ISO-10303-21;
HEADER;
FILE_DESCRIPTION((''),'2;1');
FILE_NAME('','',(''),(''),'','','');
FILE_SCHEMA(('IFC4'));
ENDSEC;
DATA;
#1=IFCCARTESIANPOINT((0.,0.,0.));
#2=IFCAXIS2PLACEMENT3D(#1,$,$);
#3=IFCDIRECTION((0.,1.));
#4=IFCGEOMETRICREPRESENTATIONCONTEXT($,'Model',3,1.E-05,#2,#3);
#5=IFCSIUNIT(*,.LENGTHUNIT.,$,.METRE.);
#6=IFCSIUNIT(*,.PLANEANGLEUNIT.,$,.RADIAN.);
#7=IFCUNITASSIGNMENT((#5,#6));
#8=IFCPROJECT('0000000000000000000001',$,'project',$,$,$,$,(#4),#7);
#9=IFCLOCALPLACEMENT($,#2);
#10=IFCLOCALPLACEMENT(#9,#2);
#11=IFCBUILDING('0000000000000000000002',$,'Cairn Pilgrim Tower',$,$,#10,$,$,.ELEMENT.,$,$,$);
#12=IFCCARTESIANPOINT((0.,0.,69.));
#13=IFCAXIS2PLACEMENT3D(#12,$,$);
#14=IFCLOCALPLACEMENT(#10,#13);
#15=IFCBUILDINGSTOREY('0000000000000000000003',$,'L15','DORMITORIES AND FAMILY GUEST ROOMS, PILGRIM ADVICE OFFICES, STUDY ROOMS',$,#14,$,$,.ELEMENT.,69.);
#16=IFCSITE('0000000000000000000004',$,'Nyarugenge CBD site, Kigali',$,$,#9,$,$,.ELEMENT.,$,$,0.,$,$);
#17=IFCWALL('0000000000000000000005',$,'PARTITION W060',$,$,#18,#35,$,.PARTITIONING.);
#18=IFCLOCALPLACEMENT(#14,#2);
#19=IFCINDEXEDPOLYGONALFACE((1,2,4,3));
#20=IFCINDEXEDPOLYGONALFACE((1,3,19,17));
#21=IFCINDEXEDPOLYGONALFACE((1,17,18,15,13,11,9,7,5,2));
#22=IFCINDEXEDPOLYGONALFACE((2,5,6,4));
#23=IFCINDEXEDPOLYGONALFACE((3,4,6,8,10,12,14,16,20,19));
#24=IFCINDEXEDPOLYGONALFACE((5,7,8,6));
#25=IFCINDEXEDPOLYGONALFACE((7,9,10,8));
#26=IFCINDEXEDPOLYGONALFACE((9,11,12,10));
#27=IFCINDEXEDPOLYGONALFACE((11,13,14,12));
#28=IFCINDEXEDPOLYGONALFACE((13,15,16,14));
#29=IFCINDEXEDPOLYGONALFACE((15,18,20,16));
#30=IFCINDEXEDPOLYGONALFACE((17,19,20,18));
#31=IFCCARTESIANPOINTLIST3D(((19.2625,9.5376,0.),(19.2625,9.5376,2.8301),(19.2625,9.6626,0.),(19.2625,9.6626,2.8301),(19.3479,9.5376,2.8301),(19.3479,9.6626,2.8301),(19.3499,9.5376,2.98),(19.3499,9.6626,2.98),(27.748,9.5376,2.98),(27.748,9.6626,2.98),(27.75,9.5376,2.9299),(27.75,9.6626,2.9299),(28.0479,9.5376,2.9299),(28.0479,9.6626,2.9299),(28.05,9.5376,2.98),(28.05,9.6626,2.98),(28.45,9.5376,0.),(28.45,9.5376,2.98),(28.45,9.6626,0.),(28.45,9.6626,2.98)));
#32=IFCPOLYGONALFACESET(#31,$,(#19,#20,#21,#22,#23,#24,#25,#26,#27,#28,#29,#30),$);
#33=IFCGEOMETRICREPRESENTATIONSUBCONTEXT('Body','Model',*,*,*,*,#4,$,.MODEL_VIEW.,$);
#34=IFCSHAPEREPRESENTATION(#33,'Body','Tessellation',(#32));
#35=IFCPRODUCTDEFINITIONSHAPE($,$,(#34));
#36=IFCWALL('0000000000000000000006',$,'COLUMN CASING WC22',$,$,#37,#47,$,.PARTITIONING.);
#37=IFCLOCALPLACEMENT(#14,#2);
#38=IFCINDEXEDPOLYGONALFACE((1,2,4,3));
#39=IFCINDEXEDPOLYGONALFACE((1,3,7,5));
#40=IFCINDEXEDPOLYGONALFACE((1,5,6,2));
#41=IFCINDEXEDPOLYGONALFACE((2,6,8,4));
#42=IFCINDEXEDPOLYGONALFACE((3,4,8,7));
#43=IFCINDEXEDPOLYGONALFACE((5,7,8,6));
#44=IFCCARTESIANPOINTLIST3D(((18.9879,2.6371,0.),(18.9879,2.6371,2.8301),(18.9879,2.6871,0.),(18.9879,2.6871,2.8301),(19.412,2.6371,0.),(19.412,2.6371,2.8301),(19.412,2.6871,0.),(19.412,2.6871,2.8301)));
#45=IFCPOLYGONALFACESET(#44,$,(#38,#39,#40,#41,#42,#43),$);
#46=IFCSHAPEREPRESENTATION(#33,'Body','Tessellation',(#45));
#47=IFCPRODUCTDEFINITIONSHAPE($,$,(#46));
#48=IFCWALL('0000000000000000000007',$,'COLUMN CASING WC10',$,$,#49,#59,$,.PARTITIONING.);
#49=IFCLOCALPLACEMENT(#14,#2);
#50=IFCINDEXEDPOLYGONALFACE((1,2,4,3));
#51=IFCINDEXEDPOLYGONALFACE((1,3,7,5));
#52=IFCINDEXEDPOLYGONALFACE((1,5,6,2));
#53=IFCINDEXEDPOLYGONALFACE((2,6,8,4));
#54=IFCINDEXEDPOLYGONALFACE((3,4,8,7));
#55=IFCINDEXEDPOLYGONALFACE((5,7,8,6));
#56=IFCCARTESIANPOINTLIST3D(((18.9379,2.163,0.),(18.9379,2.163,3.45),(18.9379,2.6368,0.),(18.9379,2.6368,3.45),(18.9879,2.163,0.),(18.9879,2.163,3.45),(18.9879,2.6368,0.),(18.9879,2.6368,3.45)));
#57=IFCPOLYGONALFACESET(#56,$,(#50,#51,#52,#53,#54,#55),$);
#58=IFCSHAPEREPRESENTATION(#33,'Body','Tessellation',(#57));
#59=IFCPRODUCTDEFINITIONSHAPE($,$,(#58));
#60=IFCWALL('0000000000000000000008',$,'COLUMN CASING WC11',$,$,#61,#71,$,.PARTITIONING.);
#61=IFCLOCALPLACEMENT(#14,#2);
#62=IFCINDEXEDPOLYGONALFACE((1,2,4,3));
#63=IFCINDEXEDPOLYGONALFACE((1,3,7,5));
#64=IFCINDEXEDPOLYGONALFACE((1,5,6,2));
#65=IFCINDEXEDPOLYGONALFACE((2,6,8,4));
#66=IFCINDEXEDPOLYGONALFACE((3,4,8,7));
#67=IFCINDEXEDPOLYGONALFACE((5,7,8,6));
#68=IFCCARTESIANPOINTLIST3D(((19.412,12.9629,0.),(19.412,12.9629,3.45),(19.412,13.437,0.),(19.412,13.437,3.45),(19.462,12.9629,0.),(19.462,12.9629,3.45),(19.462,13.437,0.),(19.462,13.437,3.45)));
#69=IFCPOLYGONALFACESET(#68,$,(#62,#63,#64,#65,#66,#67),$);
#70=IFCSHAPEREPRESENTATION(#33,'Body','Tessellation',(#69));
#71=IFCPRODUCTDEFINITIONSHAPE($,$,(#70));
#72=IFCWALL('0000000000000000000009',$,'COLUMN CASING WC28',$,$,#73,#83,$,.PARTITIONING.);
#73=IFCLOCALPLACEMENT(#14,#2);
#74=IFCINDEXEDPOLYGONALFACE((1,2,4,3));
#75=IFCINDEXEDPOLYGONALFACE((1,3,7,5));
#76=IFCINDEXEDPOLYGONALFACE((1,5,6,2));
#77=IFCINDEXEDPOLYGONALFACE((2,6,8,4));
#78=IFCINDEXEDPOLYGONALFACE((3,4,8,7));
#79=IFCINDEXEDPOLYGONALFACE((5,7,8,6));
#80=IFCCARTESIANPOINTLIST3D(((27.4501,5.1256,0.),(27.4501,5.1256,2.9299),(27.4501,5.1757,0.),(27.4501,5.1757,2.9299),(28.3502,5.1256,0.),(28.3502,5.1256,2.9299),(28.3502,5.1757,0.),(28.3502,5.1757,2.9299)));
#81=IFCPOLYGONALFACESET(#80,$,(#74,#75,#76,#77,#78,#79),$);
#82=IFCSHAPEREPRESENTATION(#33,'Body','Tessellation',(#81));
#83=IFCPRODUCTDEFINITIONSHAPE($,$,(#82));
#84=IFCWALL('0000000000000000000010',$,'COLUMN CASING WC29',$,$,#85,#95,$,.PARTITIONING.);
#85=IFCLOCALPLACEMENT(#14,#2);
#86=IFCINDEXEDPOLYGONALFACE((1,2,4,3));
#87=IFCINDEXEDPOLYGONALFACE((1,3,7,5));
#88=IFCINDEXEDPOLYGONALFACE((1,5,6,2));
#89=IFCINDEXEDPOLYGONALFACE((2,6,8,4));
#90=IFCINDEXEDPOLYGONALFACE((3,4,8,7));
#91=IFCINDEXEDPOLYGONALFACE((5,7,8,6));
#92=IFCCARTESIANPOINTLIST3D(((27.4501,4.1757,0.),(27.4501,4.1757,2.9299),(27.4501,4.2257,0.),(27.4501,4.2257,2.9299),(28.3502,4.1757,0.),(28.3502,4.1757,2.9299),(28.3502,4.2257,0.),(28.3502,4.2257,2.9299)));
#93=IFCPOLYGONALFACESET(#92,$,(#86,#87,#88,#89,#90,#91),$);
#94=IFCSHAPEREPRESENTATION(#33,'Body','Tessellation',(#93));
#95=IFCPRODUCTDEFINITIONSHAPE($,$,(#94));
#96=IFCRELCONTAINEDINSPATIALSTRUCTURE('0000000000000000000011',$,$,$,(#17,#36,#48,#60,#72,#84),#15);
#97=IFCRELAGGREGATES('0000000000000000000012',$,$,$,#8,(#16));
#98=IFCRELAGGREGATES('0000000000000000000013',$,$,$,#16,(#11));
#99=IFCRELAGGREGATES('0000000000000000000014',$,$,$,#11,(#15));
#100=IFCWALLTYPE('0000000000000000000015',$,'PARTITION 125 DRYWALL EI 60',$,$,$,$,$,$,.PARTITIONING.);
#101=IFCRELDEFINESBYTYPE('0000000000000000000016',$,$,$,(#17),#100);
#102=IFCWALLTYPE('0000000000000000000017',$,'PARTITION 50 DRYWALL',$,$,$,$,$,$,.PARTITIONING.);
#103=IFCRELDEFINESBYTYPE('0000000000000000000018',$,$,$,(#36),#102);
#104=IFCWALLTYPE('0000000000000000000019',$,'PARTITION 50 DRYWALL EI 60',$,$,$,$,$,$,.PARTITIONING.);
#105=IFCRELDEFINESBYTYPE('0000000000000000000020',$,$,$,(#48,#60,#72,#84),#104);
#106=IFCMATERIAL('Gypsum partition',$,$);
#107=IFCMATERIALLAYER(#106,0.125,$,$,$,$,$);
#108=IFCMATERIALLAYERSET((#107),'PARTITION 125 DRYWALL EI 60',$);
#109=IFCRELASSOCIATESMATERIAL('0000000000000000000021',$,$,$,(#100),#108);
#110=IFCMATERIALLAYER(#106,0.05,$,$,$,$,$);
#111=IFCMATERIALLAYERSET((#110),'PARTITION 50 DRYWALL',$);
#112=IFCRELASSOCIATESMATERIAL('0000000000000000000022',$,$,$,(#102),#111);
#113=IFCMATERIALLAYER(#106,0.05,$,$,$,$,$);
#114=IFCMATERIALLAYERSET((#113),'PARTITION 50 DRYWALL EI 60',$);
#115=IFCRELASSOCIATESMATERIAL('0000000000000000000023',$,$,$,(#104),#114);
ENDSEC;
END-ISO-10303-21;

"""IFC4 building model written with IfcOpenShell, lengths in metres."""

from ifc_helpers import new_model, si_unit, direction, frame, frame_2d, origin, place, context, subcontext, project, spatial, polyline, rectangle, outline, extrude, material, layer, layer_set, type_object, element, save


model = new_model("IFC4")

# Units and contexts
model_context = context("Model", 3, precision=1e-05, world=origin(), true_north=direction((0.0, 1.0)))
body_context = subcontext(model_context, "Body", "Model", "MODEL_VIEW")
ifc_project = project(units=[si_unit("LENGTHUNIT", "METRE"), si_unit("PLANEANGLEUNIT", "RADIAN")], contexts=[model_context])

# Site, building, storey
site_placement = place(None, origin())
site = spatial("IfcSite", under=ifc_project, at=site_placement, Name="Nyarugenge CBD site, Kigali", CompositionType="ELEMENT", RefElevation=0.0)
building_placement = place(site_placement, origin())
building = spatial("IfcBuilding", under=site, at=building_placement, Name="Cairn Pilgrim Tower", CompositionType="ELEMENT")
storey_placement = place(building_placement, frame((0.0, 0.0, 69.0)))
storey = spatial("IfcBuildingStorey", under=building, at=storey_placement, Name="L15", Description="DORMITORIES AND FAMILY GUEST ROOMS, PILGRIM ADVICE OFFICES, STUDY ROOMS", CompositionType="ELEMENT", Elevation=69.0)

# Shared definitions
ifc_material_1 = material(Name="Gypsum partition")

# Shared definitions
ifc_layer_1 = layer(ifc_material_1, 0.125)
ifc_layer_set_1 = layer_set([ifc_layer_1], Name="PARTITION 125 DRYWALL EI 60")
wall_type_1 = type_object("IfcWallType", Name="PARTITION 125 DRYWALL EI 60", PredefinedType="PARTITIONING", material=ifc_layer_set_1)

# Walls
wall_1_placement = place(storey_placement, frame((19.2625, 9.6001, 0.0), z_axis=(0.0, 0.0, 1.0), x_axis=(1.0, 0.0, 0.0)))
element("IfcWall", 1, at=wall_1_placement, inside=storey, type_object=wall_type_1, Name="PARTITION W060", PredefinedType="PARTITIONING", context=body_context, shape_type="SweptSolid", body=[
    extrude(outline(polyline([(0.0, 0.0), (9.1875, 0.0), (9.1875, 2.98), (8.7876, 2.98), (8.7854, 2.9299), (8.4875, 2.9299), (8.4856, 2.98), (0.0874, 2.98), (0.0854, 2.8301), (0.0, 2.8301), (0.0, 0.0)])), frame((0.0, 0.0625, 0.0), z_axis=(0.0, -1.0, 0.0), x_axis=(1.0, 0.0, 0.0)), (0.0, 0.0, 1.0), 0.125),
])
ifc_layer_2 = layer(ifc_material_1, 0.05)
ifc_layer_set_2 = layer_set([ifc_layer_2], Name="PARTITION 50 DRYWALL")
wall_type_2 = type_object("IfcWallType", Name="PARTITION 50 DRYWALL", PredefinedType="PARTITIONING", material=ifc_layer_set_2)
wall_2_placement = place(storey_placement, frame((18.988, 2.6621, 0.0), z_axis=(0.0, 0.0, 1.0), x_axis=(1.0, 0.0, 0.0)))
element("IfcWall", 2, at=wall_2_placement, inside=storey, type_object=wall_type_2, Name="COLUMN CASING WC22", PredefinedType="PARTITIONING", context=body_context, shape_type="SweptSolid", body=[
    extrude(rectangle(XDim=0.4241, YDim=0.05, at=frame_2d((0.2119, 0.0))), origin(), (0.0, 0.0, 1.0), 2.8301),
])
ifc_layer_3 = layer(ifc_material_1, 0.05)
ifc_layer_set_3 = layer_set([ifc_layer_3], Name="PARTITION 50 DRYWALL EI 60")
wall_type_3 = type_object("IfcWallType", Name="PARTITION 50 DRYWALL EI 60", PredefinedType="PARTITIONING", material=ifc_layer_set_3)
wall_3_placement = place(storey_placement, frame((18.9629, 2.1631, 0.0), z_axis=(0.0, 0.0, 1.0), x_axis=(0.0, 1.0, 0.0)))
element("IfcWall", 3, at=wall_3_placement, inside=storey, type_object=wall_type_3, Name="COLUMN CASING WC10", PredefinedType="PARTITIONING", context=body_context, shape_type="SweptSolid", body=[
    extrude(rectangle(XDim=0.4739, YDim=0.05, at=frame_2d((0.2368, 0.0))), origin(), (0.0, 0.0, 1.0), 3.45),
])
wall_4_placement = place(storey_placement, frame((19.437, 12.9629, 0.0), z_axis=(0.0, 0.0, 1.0), x_axis=(0.0, 1.0, 0.0)))
element("IfcWall", 4, at=wall_4_placement, inside=storey, type_object=wall_type_3, Name="COLUMN CASING WC11", PredefinedType="PARTITIONING", context=body_context, shape_type="SweptSolid", body=[
    extrude(rectangle(XDim=0.4741, YDim=0.05, at=frame_2d((0.2371, 0.0))), origin(), (0.0, 0.0, 1.0), 3.45),
])
for number, where, z_axis, x_axis, name in (
    (5, (27.45, 5.1506, 0.0), (0.0, 0.0, 1.0), (1.0, 0.0, 0.0), "COLUMN CASING WC28"),
    (6, (27.45, 4.2007, 0.0), (0.0, 0.0, 1.0), (1.0, 0.0, 0.0), "COLUMN CASING WC29"),
):
    element("IfcWall", number, at=place(storey_placement, frame(where, z_axis=z_axis, x_axis=x_axis)), inside=storey, type_object=wall_type_3, Name=name, PredefinedType="PARTITIONING", context=body_context, shape_type="SweptSolid", body=[
        extrude(rectangle(XDim=0.9001, YDim=0.05, at=frame_2d((0.4502, 0.0))), origin(), (0.0, 0.0, 1.0), 2.9299),
    ])

save(model, "model.ifc")
